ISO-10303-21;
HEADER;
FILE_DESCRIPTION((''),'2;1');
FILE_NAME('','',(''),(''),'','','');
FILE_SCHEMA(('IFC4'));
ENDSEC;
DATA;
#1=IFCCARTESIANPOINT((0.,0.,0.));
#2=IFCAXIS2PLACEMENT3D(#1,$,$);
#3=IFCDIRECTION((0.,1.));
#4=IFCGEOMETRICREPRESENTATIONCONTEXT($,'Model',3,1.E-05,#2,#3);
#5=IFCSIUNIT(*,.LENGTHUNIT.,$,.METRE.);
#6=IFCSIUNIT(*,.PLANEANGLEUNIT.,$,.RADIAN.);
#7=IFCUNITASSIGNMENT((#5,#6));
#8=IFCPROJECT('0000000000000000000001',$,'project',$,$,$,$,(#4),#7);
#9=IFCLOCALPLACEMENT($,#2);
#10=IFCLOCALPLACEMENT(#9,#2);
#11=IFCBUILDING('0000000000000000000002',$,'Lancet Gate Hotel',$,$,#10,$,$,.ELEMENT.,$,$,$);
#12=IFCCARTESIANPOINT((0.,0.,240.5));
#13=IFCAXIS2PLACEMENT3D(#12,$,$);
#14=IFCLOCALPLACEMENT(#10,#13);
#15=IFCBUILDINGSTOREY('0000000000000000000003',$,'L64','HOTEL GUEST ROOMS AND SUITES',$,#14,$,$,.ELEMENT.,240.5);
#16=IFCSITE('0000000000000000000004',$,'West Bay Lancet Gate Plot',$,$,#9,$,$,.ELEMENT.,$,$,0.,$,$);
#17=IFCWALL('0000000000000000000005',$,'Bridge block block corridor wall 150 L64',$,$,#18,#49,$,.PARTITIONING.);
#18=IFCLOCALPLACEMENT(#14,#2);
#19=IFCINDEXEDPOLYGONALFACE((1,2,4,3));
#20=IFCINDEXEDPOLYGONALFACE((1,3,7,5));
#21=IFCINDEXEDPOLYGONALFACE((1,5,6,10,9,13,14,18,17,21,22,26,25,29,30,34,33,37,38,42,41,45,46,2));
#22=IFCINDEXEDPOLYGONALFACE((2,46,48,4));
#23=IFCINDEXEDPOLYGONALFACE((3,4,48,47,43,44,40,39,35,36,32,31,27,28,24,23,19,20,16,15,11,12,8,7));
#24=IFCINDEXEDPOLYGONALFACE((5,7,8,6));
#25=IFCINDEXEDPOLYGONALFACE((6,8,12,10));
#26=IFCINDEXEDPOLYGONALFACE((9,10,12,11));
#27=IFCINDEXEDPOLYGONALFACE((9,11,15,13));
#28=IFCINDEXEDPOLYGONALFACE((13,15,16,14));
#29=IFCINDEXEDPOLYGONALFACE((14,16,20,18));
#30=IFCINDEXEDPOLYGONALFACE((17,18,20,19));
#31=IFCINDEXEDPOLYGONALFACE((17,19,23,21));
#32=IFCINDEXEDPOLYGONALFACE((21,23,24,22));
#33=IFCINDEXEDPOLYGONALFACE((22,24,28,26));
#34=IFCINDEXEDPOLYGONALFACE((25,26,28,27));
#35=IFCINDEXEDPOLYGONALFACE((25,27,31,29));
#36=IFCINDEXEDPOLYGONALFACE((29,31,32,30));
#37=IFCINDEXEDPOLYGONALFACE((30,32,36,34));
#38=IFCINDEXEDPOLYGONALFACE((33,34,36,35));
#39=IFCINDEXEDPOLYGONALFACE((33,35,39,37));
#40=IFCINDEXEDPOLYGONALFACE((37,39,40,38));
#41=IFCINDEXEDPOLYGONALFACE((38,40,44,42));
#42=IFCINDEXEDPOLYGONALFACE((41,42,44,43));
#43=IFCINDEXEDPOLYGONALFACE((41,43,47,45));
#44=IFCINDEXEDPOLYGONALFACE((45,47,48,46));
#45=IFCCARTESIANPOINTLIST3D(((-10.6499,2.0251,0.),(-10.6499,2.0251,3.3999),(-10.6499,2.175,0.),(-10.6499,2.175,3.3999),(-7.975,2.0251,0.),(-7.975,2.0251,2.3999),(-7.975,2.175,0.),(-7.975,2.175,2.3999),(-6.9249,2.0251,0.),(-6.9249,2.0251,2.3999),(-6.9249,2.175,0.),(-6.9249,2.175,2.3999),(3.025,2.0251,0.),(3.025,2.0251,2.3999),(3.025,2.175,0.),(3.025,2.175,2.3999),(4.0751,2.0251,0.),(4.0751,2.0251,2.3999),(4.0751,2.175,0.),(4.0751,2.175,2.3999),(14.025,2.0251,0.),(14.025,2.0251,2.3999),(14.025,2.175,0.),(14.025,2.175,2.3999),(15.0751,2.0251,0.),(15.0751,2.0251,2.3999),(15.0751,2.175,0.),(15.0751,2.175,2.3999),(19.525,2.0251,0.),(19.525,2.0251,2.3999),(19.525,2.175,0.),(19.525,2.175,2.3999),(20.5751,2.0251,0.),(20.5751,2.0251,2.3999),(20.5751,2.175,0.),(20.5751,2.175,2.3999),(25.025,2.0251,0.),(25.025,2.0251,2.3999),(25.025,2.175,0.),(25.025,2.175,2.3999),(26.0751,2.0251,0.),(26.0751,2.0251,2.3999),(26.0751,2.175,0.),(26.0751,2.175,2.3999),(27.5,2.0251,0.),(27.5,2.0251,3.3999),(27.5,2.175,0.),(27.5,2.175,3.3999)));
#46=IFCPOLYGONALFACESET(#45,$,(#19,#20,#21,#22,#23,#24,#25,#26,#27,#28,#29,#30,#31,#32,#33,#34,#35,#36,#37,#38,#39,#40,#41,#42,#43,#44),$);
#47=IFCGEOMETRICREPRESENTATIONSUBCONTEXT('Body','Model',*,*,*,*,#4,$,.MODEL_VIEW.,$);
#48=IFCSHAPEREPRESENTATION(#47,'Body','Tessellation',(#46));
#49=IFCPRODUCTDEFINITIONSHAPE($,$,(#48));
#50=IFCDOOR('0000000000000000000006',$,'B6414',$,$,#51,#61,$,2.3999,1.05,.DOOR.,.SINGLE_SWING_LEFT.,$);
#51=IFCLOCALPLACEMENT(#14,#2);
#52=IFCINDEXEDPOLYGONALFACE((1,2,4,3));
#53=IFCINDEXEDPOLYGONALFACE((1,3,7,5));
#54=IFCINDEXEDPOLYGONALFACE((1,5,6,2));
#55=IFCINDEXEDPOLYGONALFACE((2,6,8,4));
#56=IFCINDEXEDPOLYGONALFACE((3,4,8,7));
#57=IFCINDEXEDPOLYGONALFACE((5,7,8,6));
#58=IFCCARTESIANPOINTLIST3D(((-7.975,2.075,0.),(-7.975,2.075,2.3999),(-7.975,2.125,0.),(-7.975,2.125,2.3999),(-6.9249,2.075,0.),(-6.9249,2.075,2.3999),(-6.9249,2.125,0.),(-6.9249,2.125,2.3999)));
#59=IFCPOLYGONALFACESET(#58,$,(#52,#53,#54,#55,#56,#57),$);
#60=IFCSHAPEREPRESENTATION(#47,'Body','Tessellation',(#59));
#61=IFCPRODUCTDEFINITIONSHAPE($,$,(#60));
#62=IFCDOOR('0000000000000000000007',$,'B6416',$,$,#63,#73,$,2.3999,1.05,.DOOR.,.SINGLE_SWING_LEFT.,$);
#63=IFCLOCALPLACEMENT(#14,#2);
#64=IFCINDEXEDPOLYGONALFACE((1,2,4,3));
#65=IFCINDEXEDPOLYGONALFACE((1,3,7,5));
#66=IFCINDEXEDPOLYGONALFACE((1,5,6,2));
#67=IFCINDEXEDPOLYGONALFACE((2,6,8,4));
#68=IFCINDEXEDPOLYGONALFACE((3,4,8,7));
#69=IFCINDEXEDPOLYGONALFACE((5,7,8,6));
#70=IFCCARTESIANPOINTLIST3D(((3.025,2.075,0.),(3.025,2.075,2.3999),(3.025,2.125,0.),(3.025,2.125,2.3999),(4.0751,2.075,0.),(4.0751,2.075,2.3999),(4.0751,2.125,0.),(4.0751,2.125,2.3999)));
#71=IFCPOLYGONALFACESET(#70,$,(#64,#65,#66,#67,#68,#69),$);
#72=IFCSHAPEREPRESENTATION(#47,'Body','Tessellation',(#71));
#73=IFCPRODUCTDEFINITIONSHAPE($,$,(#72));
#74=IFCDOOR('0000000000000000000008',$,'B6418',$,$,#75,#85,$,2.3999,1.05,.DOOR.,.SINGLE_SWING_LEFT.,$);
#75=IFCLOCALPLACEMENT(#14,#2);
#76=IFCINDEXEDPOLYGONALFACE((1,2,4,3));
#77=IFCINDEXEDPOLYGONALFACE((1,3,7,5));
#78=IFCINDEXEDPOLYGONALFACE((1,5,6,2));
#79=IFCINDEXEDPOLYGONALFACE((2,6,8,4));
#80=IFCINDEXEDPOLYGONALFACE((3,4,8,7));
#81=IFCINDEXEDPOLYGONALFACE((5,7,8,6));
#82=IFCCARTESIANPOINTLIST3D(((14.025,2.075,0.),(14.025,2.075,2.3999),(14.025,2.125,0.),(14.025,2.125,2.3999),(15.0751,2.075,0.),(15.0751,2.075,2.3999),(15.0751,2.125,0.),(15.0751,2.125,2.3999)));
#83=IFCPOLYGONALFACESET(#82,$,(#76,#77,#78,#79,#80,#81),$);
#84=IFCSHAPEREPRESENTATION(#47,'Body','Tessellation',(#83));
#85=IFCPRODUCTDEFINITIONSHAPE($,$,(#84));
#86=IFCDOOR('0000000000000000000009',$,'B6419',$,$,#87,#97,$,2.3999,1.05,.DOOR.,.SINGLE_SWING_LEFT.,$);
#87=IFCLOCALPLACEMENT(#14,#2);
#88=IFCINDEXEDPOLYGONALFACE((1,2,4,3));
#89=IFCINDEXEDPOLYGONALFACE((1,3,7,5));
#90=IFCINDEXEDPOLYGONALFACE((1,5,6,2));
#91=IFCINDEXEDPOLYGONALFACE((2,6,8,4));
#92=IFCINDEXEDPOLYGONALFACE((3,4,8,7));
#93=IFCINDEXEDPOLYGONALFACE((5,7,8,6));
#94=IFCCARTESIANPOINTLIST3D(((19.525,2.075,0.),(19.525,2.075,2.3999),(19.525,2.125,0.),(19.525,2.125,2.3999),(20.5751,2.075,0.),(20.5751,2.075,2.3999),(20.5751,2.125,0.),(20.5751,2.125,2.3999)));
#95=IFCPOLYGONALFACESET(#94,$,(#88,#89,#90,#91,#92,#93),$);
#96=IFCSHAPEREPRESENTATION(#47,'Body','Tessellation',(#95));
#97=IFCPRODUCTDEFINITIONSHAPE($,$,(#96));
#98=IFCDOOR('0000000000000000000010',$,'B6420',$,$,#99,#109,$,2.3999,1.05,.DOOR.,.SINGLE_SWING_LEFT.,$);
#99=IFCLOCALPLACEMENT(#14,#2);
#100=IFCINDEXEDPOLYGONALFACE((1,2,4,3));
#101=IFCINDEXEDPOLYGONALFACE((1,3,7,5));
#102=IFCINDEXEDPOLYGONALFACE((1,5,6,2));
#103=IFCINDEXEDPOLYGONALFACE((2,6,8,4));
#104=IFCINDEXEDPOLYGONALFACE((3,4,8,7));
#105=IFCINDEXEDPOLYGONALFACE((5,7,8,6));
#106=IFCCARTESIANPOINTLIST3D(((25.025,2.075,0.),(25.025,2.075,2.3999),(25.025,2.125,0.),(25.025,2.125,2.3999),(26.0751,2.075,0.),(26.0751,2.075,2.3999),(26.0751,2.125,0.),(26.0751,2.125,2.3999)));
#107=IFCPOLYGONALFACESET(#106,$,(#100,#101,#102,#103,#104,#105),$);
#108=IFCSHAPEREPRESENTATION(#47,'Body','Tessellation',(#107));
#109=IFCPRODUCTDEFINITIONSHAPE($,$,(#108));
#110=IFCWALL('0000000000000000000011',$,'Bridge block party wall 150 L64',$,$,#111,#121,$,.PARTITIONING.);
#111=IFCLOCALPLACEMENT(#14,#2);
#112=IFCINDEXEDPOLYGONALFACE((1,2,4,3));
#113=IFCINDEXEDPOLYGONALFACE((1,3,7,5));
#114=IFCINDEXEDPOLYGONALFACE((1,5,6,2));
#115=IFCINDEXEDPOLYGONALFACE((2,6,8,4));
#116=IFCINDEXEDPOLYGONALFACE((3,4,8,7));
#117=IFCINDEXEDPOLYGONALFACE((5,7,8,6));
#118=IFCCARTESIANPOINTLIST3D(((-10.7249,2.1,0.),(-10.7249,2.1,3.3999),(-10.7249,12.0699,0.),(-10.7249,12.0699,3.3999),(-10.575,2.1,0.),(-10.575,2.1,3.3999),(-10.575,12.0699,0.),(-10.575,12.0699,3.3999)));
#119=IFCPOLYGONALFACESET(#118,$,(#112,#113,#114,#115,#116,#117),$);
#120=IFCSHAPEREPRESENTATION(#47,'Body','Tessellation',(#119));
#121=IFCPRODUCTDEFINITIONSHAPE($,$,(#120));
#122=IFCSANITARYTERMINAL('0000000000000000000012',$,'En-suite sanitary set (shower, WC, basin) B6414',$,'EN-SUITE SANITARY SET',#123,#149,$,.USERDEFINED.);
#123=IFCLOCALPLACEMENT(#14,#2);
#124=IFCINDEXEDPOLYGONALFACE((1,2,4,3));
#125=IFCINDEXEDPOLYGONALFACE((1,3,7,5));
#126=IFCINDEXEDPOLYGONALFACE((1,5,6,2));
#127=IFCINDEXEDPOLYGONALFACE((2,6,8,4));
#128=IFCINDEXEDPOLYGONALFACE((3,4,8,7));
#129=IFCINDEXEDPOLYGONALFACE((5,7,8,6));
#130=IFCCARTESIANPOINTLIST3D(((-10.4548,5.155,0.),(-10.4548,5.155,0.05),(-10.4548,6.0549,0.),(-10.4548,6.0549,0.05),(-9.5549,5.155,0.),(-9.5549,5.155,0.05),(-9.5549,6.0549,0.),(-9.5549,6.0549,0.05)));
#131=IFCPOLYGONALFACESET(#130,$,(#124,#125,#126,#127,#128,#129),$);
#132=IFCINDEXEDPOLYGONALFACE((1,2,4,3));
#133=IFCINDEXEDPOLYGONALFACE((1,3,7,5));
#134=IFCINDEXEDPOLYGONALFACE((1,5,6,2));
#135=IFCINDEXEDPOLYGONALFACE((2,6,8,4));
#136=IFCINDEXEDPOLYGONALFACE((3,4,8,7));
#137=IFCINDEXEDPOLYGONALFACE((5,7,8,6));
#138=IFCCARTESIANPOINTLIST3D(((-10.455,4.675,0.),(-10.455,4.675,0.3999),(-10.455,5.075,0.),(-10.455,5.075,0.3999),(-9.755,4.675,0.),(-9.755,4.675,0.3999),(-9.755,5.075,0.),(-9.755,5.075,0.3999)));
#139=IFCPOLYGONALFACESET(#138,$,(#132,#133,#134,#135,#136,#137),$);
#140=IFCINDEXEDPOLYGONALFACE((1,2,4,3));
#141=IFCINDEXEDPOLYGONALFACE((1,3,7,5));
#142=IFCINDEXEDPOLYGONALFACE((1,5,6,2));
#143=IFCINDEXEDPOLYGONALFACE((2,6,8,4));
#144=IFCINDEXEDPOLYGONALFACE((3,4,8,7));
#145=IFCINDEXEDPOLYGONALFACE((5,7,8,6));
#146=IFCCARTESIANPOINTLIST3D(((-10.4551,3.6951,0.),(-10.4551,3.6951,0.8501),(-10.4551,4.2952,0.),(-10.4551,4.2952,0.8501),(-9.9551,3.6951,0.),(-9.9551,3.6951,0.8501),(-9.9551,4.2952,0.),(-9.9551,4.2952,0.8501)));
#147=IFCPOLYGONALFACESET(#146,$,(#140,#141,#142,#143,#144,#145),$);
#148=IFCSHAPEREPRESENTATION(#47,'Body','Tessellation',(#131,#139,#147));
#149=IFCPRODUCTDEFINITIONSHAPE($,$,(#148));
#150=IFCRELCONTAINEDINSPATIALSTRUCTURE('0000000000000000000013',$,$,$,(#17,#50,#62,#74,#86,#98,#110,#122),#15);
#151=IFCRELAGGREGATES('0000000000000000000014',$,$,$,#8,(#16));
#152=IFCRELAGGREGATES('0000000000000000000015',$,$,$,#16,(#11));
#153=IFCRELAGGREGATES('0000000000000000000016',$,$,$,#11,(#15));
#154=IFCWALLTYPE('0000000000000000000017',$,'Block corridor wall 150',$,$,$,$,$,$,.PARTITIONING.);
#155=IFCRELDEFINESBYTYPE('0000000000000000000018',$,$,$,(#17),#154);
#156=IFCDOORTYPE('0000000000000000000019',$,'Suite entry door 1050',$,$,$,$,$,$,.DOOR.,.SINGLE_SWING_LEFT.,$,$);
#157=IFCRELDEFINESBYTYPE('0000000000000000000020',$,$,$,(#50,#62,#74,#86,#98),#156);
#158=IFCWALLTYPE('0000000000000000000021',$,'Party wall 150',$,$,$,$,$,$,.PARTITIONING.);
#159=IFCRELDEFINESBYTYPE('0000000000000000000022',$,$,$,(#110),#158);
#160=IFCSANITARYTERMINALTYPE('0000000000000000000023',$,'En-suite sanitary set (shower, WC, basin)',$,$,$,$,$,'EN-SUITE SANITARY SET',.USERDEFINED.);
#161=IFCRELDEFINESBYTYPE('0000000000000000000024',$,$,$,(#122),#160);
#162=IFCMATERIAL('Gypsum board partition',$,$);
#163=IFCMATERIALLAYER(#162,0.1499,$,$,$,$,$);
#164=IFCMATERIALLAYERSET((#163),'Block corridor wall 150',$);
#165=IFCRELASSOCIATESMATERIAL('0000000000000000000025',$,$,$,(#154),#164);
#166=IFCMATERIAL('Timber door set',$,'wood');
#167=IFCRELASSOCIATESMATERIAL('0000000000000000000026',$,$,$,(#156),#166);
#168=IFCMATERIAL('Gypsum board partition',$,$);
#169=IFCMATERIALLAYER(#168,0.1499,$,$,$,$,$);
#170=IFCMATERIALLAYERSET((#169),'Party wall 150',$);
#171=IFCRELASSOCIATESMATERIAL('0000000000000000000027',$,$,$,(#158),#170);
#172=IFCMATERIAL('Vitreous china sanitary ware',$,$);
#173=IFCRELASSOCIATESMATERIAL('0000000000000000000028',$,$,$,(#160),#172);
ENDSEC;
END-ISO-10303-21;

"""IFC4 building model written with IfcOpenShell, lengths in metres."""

from ifc_helpers import new_model, si_unit, direction, frame, frame_2d, origin, origin_2d, place, context, subcontext, project, spatial, rectangle, extrude, material, layer, layer_set, type_object, element, fill, save


model = new_model("IFC4")

# Units and contexts
model_context = context("Model", 3, precision=1e-05, world=origin(), true_north=direction((0.0, 1.0)))
body_context = subcontext(model_context, "Body", "Model", "MODEL_VIEW")
ifc_project = project(units=[si_unit("LENGTHUNIT", "METRE"), si_unit("PLANEANGLEUNIT", "RADIAN")], contexts=[model_context])

# Site, building, storey
site_placement = place(None, origin())
site = spatial("IfcSite", under=ifc_project, at=site_placement, Name="West Bay Lancet Gate Plot", CompositionType="ELEMENT", RefElevation=0.0)
building_placement = place(site_placement, origin())
building = spatial("IfcBuilding", under=site, at=building_placement, Name="Lancet Gate Hotel", CompositionType="ELEMENT")
storey_placement = place(building_placement, frame((0.0, 0.0, 240.5)))
storey = spatial("IfcBuildingStorey", under=building, at=storey_placement, Name="L64", Description="HOTEL GUEST ROOMS AND SUITES", CompositionType="ELEMENT", Elevation=240.5)

# Wall, openings, doors
ifc_material_1 = material(Name="Gypsum board partition")
ifc_layer_1 = layer(ifc_material_1, 0.1499)
ifc_layer_set_1 = layer_set([ifc_layer_1], Name="Block corridor wall 150")
wall_type_1 = type_object("IfcWallType", Name="Block corridor wall 150", PredefinedType="PARTITIONING", material=ifc_layer_set_1)
wall_1_placement = place(storey_placement, frame((-10.6499, 2.1001, 0.0), z_axis=(0.0, 0.0, 1.0), x_axis=(1.0, 0.0, 0.0)))
wall_1 = element("IfcWall", 1, at=wall_1_placement, inside=storey, type_object=wall_type_1, Name="Bridge block block corridor wall 150 L64", PredefinedType="PARTITIONING", context=body_context, shape_type="SweptSolid", body=[
    extrude(rectangle(XDim=38.1499, YDim=0.1499, at=frame_2d((19.075, 0.0))), origin(), (0.0, 0.0, 1.0), 3.3999),
])
opening_1_placement = place(wall_1_placement, frame((2.675, 0.0, 0.0)))
opening_1 = element("IfcOpeningElement", 2, at=opening_1_placement, cuts=wall_1, PredefinedType="OPENING", context=body_context, shape_type="SweptSolid", body=[
    extrude(rectangle(XDim=1.05, YDim=2.3999, at=frame_2d((0.5249, 1.2))), frame((0.0, 0.085, 0.0), z_axis=(0.0, -1.0, 0.0), x_axis=(1.0, 0.0, 0.0)), (0.0, 0.0, 1.0), 0.1699),
])
opening_2_placement = place(wall_1_placement, frame((13.675, 0.0, 0.0)))
opening_2 = element("IfcOpeningElement", 3, at=opening_2_placement, cuts=wall_1, PredefinedType="OPENING", context=body_context, shape_type="SweptSolid", body=[
    extrude(rectangle(XDim=1.05, YDim=2.3999, at=frame_2d((0.5249, 1.2))), frame((0.0, 0.085, 0.0), z_axis=(0.0, -1.0, 0.0), x_axis=(1.0, 0.0, 0.0)), (0.0, 0.0, 1.0), 0.1699),
])
opening_3_placement = place(wall_1_placement, frame((24.675, 0.0, 0.0)))
opening_3 = element("IfcOpeningElement", 4, at=opening_3_placement, cuts=wall_1, PredefinedType="OPENING", context=body_context, shape_type="SweptSolid", body=[
    extrude(rectangle(XDim=1.05, YDim=2.3999, at=frame_2d((0.5249, 1.2))), frame((0.0, 0.085, 0.0), z_axis=(0.0, -1.0, 0.0), x_axis=(1.0, 0.0, 0.0)), (0.0, 0.0, 1.0), 0.1699),
])
opening_4_placement = place(wall_1_placement, frame((30.175, 0.0, 0.0)))
opening_4 = element("IfcOpeningElement", 5, at=opening_4_placement, cuts=wall_1, PredefinedType="OPENING", context=body_context, shape_type="SweptSolid", body=[
    extrude(rectangle(XDim=1.05, YDim=2.3999, at=frame_2d((0.5249, 1.2))), frame((0.0, 0.085, 0.0), z_axis=(0.0, -1.0, 0.0), x_axis=(1.0, 0.0, 0.0)), (0.0, 0.0, 1.0), 0.1699),
])
opening_5_placement = place(wall_1_placement, frame((35.675, 0.0, 0.0)))
opening_5 = element("IfcOpeningElement", 6, at=opening_5_placement, cuts=wall_1, PredefinedType="OPENING", context=body_context, shape_type="SweptSolid", body=[
    extrude(rectangle(XDim=1.05, YDim=2.3999, at=frame_2d((0.5249, 1.2))), frame((0.0, 0.085, 0.0), z_axis=(0.0, -1.0, 0.0), x_axis=(1.0, 0.0, 0.0)), (0.0, 0.0, 1.0), 0.1699),
])
ifc_material_2 = material(Name="Timber door set", Category="wood")
door_type = type_object("IfcDoorType", Name="Suite entry door 1050", OperationType="SINGLE_SWING_LEFT", PredefinedType="DOOR", material=ifc_material_2)
door_1_placement = place(opening_1_placement, origin())
door_1 = element("IfcDoor", 7, at=door_1_placement, inside=storey, type_object=door_type, Name="B6414", OperationType="SINGLE_SWING_LEFT", OverallHeight=2.3999, OverallWidth=1.05, PredefinedType="DOOR", context=body_context, shape_type="SweptSolid", body=[
    extrude(rectangle(XDim=1.05, YDim=2.3999, at=frame_2d((0.5249, 1.2))), frame((0.0, 0.0249, 0.0), z_axis=(0.0, -1.0, 0.0), x_axis=(1.0, 0.0, 0.0)), (0.0, 0.0, 1.0), 0.05),
])
fill(opening_1, door_1)
door_2_placement = place(opening_2_placement, origin())
door_2 = element("IfcDoor", 8, at=door_2_placement, inside=storey, type_object=door_type, Name="B6416", OperationType="SINGLE_SWING_LEFT", OverallHeight=2.3999, OverallWidth=1.05, PredefinedType="DOOR", context=body_context, shape_type="SweptSolid", body=[
    extrude(rectangle(XDim=1.05, YDim=2.3999, at=frame_2d((0.5249, 1.2))), frame((0.0, 0.0249, 0.0), z_axis=(0.0, -1.0, 0.0), x_axis=(1.0, 0.0, 0.0)), (0.0, 0.0, 1.0), 0.05),
])
fill(opening_2, door_2)
door_3_placement = place(opening_3_placement, origin())
door_3 = element("IfcDoor", 9, at=door_3_placement, inside=storey, type_object=door_type, Name="B6418", OperationType="SINGLE_SWING_LEFT", OverallHeight=2.3999, OverallWidth=1.05, PredefinedType="DOOR", context=body_context, shape_type="SweptSolid", body=[
    extrude(rectangle(XDim=1.05, YDim=2.3999, at=frame_2d((0.5249, 1.2))), frame((0.0, 0.0249, 0.0), z_axis=(0.0, -1.0, 0.0), x_axis=(1.0, 0.0, 0.0)), (0.0, 0.0, 1.0), 0.05),
])
fill(opening_3, door_3)
door_4_placement = place(opening_4_placement, origin())
door_4 = element("IfcDoor", 10, at=door_4_placement, inside=storey, type_object=door_type, Name="B6419", OperationType="SINGLE_SWING_LEFT", OverallHeight=2.3999, OverallWidth=1.05, PredefinedType="DOOR", context=body_context, shape_type="SweptSolid", body=[
    extrude(rectangle(XDim=1.05, YDim=2.3999, at=frame_2d((0.5249, 1.2))), frame((0.0, 0.0249, 0.0), z_axis=(0.0, -1.0, 0.0), x_axis=(1.0, 0.0, 0.0)), (0.0, 0.0, 1.0), 0.05),
])
fill(opening_4, door_4)
door_5_placement = place(opening_5_placement, origin())
door_5 = element("IfcDoor", 11, at=door_5_placement, inside=storey, type_object=door_type, Name="B6420", OperationType="SINGLE_SWING_LEFT", OverallHeight=2.3999, OverallWidth=1.05, PredefinedType="DOOR", context=body_context, shape_type="SweptSolid", body=[
    extrude(rectangle(XDim=1.05, YDim=2.3999, at=frame_2d((0.5249, 1.2))), frame((0.0, 0.0249, 0.0), z_axis=(0.0, -1.0, 0.0), x_axis=(1.0, 0.0, 0.0)), (0.0, 0.0, 1.0), 0.05),
])
fill(opening_5, door_5)

# Wall
ifc_material_3 = material(Name="Gypsum board partition")
ifc_layer_2 = layer(ifc_material_3, 0.1499)
ifc_layer_set_2 = layer_set([ifc_layer_2], Name="Party wall 150")
wall_type_2 = type_object("IfcWallType", Name="Party wall 150", PredefinedType="PARTITIONING", material=ifc_layer_set_2)
wall_2_placement = place(storey_placement, frame((-10.6499, 2.1001, 0.0), z_axis=(0.0, 0.0, 1.0), x_axis=(0.0, 1.0, 0.0)))
element("IfcWall", 12, at=wall_2_placement, inside=storey, type_object=wall_type_2, Name="Bridge block party wall 150 L64", PredefinedType="PARTITIONING", context=body_context, shape_type="SweptSolid", body=[
    extrude(rectangle(XDim=9.97, YDim=0.1499, at=frame_2d((4.9849, 0.0))), origin(), (0.0, 0.0, 1.0), 3.3999),
])

# Sanitary terminal
ifc_material_4 = material(Name="Vitreous china sanitary ware")
sanitary_terminal_type = type_object("IfcSanitaryTerminalType", Name="En-suite sanitary set (shower, WC, basin)", ElementType="EN-SUITE SANITARY SET", PredefinedType="USERDEFINED", material=ifc_material_4)
sanitary_terminal_placement = place(storey_placement, frame((-10.0049, 5.605, 0.0), z_axis=(0.0, 0.0, 1.0), x_axis=(1.0, 0.0, 0.0)))
element("IfcSanitaryTerminal", 13, at=sanitary_terminal_placement, inside=storey, type_object=sanitary_terminal_type, Name="En-suite sanitary set (shower, WC, basin) B6414", ObjectType="EN-SUITE SANITARY SET", PredefinedType="USERDEFINED", context=body_context, shape_type="SweptSolid", body=[
    extrude(rectangle(XDim=0.8999, YDim=0.8999, at=origin_2d()), frame((0.0, 0.0, 0.0), z_axis=(0.0, 0.0, 1.0), x_axis=(0.0, 1.0, 0.0)), (0.0, 0.0, 1.0), 0.05),
    extrude(rectangle(XDim=0.3999, YDim=0.7, at=origin_2d()), frame((-0.1001, -0.73, 0.0), z_axis=(0.0, 0.0, 1.0), x_axis=(0.0, 1.0, 0.0)), (0.0, 0.0, 1.0), 0.3999),
    extrude(rectangle(XDim=0.6001, YDim=0.5, at=origin_2d()), frame((-0.2002, -1.6099, 0.0), z_axis=(0.0, 0.0, 1.0), x_axis=(0.0, 1.0, 0.0)), (0.0, 0.0, 1.0), 0.8501),
])

save(model, "model.ifc")
